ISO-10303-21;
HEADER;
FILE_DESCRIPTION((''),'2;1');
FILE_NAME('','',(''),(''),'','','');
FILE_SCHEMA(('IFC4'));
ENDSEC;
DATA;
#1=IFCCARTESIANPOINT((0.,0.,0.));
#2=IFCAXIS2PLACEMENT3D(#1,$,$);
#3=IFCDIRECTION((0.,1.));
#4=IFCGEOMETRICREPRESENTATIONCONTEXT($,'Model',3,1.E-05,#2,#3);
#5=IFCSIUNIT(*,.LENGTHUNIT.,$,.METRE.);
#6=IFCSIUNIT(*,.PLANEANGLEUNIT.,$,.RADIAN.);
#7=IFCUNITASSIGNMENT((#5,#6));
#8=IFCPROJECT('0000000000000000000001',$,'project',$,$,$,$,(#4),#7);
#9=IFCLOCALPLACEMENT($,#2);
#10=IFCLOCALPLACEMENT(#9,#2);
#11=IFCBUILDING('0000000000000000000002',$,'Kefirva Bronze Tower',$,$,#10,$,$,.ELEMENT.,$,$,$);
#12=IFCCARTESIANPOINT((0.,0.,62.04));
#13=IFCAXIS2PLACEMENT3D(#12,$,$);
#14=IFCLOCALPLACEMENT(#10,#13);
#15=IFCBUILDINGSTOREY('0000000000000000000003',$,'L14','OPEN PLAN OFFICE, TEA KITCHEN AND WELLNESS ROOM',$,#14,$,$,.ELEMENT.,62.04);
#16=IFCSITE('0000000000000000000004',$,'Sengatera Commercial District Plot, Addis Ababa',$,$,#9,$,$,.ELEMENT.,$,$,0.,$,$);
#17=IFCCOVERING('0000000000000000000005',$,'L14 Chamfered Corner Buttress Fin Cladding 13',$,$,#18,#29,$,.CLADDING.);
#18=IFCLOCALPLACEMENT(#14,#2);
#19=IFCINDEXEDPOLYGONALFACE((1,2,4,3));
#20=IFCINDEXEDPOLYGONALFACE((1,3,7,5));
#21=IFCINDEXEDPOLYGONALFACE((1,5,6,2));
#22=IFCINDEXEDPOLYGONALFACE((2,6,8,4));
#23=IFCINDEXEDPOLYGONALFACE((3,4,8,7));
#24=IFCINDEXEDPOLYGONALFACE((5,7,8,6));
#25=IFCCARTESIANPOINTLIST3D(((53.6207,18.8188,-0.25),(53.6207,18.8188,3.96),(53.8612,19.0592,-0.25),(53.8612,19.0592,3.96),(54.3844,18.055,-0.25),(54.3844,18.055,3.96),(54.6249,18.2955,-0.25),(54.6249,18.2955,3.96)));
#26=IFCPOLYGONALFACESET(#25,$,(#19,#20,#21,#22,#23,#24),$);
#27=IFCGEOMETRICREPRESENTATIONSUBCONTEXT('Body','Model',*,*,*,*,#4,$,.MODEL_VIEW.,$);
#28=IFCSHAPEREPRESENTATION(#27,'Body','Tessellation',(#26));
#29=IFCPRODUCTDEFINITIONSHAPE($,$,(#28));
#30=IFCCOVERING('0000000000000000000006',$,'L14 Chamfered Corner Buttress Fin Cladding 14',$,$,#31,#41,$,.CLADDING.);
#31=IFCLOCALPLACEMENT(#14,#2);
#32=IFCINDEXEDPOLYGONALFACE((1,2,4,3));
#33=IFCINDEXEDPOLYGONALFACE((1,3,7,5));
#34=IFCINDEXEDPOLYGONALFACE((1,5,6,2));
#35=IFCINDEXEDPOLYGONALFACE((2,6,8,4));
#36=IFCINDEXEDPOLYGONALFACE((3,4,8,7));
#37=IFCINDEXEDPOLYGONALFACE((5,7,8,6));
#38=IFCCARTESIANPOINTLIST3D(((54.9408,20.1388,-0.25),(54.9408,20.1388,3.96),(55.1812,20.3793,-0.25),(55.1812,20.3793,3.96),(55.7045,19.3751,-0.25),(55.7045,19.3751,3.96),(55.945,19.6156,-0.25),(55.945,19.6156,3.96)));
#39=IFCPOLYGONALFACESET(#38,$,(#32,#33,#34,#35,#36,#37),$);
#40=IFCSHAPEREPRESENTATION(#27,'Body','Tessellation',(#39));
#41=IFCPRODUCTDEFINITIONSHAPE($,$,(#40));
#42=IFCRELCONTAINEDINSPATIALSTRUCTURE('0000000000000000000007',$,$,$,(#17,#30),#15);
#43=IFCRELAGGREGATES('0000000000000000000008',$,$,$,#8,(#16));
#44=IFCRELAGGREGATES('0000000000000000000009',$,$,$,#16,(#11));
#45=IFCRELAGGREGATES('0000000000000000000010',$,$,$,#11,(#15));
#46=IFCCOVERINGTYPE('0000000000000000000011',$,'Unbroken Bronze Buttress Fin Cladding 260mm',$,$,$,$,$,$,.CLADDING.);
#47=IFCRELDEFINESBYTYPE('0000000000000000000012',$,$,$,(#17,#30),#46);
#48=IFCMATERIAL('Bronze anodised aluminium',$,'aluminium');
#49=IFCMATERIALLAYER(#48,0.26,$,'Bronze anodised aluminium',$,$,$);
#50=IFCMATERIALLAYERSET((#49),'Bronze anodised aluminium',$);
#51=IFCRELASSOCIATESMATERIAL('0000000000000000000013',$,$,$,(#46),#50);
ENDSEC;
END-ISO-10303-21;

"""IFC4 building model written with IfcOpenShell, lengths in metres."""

from ifc_helpers import new_model, si_unit, direction, frame, origin, origin_2d, place, context, subcontext, project, spatial, rectangle, extrude, material, layer, layer_set, type_object, element, save


model = new_model("IFC4")

# Units and contexts
model_context = context("Model", 3, precision=1e-05, world=origin(), true_north=direction((0.0, 1.0)))
body_context = subcontext(model_context, "Body", "Model", "MODEL_VIEW")
ifc_project = project(units=[si_unit("LENGTHUNIT", "METRE"), si_unit("PLANEANGLEUNIT", "RADIAN")], contexts=[model_context])

# Site, building, storey
site_placement = place(None, origin())
site = spatial("IfcSite", under=ifc_project, at=site_placement, Name="Sengatera Commercial District Plot, Addis Ababa", CompositionType="ELEMENT", RefElevation=0.0)
building_placement = place(site_placement, origin())
building = spatial("IfcBuilding", under=site, at=building_placement, Name="Kefirva Bronze Tower", CompositionType="ELEMENT")
storey_placement = place(building_placement, frame((0.0, 0.0, 62.04)))
storey = spatial("IfcBuildingStorey", under=building, at=storey_placement, Name="L14", Description="OPEN PLAN OFFICE, TEA KITCHEN AND WELLNESS ROOM", CompositionType="ELEMENT", Elevation=62.04)

# Shared definitions
ifc_material_1 = material(Name="Bronze anodised aluminium", Category="aluminium")

# Coverings
ifc_layer_1 = layer(ifc_material_1, 0.26, Name="Bronze anodised aluminium")
ifc_layer_set_1 = layer_set([ifc_layer_1], Name="Bronze anodised aluminium")
covering_type_1 = type_object("IfcCoveringType", Name="Unbroken Bronze Buttress Fin Cladding 260mm", PredefinedType="CLADDING", material=ifc_layer_set_1)
for number, where, z_axis, x_axis, name in (
    (1, (54.1228, 18.5571, -0.25), (0.0, 0.0, 1.0), (0.707107, 0.707107, 0.0), "L14 Chamfered Corner Buttress Fin Cladding 13"),
    (2, (55.4429, 19.8772, -0.25), (0.0, 0.0, 1.0), (0.707107, 0.707107, 0.0), "L14 Chamfered Corner Buttress Fin Cladding 14"),
):
    element("IfcCovering", number, at=place(storey_placement, frame(where, z_axis=z_axis, x_axis=x_axis)), inside=storey, type_object=covering_type_1, Name=name, PredefinedType="CLADDING", context=body_context, shape_type="SweptSolid", body=[
        extrude(rectangle(XDim=0.3401, YDim=1.0801, at=origin_2d()), origin(), (0.0, 0.0, 1.0), 4.21),
    ])

save(model, "model.ifc")
